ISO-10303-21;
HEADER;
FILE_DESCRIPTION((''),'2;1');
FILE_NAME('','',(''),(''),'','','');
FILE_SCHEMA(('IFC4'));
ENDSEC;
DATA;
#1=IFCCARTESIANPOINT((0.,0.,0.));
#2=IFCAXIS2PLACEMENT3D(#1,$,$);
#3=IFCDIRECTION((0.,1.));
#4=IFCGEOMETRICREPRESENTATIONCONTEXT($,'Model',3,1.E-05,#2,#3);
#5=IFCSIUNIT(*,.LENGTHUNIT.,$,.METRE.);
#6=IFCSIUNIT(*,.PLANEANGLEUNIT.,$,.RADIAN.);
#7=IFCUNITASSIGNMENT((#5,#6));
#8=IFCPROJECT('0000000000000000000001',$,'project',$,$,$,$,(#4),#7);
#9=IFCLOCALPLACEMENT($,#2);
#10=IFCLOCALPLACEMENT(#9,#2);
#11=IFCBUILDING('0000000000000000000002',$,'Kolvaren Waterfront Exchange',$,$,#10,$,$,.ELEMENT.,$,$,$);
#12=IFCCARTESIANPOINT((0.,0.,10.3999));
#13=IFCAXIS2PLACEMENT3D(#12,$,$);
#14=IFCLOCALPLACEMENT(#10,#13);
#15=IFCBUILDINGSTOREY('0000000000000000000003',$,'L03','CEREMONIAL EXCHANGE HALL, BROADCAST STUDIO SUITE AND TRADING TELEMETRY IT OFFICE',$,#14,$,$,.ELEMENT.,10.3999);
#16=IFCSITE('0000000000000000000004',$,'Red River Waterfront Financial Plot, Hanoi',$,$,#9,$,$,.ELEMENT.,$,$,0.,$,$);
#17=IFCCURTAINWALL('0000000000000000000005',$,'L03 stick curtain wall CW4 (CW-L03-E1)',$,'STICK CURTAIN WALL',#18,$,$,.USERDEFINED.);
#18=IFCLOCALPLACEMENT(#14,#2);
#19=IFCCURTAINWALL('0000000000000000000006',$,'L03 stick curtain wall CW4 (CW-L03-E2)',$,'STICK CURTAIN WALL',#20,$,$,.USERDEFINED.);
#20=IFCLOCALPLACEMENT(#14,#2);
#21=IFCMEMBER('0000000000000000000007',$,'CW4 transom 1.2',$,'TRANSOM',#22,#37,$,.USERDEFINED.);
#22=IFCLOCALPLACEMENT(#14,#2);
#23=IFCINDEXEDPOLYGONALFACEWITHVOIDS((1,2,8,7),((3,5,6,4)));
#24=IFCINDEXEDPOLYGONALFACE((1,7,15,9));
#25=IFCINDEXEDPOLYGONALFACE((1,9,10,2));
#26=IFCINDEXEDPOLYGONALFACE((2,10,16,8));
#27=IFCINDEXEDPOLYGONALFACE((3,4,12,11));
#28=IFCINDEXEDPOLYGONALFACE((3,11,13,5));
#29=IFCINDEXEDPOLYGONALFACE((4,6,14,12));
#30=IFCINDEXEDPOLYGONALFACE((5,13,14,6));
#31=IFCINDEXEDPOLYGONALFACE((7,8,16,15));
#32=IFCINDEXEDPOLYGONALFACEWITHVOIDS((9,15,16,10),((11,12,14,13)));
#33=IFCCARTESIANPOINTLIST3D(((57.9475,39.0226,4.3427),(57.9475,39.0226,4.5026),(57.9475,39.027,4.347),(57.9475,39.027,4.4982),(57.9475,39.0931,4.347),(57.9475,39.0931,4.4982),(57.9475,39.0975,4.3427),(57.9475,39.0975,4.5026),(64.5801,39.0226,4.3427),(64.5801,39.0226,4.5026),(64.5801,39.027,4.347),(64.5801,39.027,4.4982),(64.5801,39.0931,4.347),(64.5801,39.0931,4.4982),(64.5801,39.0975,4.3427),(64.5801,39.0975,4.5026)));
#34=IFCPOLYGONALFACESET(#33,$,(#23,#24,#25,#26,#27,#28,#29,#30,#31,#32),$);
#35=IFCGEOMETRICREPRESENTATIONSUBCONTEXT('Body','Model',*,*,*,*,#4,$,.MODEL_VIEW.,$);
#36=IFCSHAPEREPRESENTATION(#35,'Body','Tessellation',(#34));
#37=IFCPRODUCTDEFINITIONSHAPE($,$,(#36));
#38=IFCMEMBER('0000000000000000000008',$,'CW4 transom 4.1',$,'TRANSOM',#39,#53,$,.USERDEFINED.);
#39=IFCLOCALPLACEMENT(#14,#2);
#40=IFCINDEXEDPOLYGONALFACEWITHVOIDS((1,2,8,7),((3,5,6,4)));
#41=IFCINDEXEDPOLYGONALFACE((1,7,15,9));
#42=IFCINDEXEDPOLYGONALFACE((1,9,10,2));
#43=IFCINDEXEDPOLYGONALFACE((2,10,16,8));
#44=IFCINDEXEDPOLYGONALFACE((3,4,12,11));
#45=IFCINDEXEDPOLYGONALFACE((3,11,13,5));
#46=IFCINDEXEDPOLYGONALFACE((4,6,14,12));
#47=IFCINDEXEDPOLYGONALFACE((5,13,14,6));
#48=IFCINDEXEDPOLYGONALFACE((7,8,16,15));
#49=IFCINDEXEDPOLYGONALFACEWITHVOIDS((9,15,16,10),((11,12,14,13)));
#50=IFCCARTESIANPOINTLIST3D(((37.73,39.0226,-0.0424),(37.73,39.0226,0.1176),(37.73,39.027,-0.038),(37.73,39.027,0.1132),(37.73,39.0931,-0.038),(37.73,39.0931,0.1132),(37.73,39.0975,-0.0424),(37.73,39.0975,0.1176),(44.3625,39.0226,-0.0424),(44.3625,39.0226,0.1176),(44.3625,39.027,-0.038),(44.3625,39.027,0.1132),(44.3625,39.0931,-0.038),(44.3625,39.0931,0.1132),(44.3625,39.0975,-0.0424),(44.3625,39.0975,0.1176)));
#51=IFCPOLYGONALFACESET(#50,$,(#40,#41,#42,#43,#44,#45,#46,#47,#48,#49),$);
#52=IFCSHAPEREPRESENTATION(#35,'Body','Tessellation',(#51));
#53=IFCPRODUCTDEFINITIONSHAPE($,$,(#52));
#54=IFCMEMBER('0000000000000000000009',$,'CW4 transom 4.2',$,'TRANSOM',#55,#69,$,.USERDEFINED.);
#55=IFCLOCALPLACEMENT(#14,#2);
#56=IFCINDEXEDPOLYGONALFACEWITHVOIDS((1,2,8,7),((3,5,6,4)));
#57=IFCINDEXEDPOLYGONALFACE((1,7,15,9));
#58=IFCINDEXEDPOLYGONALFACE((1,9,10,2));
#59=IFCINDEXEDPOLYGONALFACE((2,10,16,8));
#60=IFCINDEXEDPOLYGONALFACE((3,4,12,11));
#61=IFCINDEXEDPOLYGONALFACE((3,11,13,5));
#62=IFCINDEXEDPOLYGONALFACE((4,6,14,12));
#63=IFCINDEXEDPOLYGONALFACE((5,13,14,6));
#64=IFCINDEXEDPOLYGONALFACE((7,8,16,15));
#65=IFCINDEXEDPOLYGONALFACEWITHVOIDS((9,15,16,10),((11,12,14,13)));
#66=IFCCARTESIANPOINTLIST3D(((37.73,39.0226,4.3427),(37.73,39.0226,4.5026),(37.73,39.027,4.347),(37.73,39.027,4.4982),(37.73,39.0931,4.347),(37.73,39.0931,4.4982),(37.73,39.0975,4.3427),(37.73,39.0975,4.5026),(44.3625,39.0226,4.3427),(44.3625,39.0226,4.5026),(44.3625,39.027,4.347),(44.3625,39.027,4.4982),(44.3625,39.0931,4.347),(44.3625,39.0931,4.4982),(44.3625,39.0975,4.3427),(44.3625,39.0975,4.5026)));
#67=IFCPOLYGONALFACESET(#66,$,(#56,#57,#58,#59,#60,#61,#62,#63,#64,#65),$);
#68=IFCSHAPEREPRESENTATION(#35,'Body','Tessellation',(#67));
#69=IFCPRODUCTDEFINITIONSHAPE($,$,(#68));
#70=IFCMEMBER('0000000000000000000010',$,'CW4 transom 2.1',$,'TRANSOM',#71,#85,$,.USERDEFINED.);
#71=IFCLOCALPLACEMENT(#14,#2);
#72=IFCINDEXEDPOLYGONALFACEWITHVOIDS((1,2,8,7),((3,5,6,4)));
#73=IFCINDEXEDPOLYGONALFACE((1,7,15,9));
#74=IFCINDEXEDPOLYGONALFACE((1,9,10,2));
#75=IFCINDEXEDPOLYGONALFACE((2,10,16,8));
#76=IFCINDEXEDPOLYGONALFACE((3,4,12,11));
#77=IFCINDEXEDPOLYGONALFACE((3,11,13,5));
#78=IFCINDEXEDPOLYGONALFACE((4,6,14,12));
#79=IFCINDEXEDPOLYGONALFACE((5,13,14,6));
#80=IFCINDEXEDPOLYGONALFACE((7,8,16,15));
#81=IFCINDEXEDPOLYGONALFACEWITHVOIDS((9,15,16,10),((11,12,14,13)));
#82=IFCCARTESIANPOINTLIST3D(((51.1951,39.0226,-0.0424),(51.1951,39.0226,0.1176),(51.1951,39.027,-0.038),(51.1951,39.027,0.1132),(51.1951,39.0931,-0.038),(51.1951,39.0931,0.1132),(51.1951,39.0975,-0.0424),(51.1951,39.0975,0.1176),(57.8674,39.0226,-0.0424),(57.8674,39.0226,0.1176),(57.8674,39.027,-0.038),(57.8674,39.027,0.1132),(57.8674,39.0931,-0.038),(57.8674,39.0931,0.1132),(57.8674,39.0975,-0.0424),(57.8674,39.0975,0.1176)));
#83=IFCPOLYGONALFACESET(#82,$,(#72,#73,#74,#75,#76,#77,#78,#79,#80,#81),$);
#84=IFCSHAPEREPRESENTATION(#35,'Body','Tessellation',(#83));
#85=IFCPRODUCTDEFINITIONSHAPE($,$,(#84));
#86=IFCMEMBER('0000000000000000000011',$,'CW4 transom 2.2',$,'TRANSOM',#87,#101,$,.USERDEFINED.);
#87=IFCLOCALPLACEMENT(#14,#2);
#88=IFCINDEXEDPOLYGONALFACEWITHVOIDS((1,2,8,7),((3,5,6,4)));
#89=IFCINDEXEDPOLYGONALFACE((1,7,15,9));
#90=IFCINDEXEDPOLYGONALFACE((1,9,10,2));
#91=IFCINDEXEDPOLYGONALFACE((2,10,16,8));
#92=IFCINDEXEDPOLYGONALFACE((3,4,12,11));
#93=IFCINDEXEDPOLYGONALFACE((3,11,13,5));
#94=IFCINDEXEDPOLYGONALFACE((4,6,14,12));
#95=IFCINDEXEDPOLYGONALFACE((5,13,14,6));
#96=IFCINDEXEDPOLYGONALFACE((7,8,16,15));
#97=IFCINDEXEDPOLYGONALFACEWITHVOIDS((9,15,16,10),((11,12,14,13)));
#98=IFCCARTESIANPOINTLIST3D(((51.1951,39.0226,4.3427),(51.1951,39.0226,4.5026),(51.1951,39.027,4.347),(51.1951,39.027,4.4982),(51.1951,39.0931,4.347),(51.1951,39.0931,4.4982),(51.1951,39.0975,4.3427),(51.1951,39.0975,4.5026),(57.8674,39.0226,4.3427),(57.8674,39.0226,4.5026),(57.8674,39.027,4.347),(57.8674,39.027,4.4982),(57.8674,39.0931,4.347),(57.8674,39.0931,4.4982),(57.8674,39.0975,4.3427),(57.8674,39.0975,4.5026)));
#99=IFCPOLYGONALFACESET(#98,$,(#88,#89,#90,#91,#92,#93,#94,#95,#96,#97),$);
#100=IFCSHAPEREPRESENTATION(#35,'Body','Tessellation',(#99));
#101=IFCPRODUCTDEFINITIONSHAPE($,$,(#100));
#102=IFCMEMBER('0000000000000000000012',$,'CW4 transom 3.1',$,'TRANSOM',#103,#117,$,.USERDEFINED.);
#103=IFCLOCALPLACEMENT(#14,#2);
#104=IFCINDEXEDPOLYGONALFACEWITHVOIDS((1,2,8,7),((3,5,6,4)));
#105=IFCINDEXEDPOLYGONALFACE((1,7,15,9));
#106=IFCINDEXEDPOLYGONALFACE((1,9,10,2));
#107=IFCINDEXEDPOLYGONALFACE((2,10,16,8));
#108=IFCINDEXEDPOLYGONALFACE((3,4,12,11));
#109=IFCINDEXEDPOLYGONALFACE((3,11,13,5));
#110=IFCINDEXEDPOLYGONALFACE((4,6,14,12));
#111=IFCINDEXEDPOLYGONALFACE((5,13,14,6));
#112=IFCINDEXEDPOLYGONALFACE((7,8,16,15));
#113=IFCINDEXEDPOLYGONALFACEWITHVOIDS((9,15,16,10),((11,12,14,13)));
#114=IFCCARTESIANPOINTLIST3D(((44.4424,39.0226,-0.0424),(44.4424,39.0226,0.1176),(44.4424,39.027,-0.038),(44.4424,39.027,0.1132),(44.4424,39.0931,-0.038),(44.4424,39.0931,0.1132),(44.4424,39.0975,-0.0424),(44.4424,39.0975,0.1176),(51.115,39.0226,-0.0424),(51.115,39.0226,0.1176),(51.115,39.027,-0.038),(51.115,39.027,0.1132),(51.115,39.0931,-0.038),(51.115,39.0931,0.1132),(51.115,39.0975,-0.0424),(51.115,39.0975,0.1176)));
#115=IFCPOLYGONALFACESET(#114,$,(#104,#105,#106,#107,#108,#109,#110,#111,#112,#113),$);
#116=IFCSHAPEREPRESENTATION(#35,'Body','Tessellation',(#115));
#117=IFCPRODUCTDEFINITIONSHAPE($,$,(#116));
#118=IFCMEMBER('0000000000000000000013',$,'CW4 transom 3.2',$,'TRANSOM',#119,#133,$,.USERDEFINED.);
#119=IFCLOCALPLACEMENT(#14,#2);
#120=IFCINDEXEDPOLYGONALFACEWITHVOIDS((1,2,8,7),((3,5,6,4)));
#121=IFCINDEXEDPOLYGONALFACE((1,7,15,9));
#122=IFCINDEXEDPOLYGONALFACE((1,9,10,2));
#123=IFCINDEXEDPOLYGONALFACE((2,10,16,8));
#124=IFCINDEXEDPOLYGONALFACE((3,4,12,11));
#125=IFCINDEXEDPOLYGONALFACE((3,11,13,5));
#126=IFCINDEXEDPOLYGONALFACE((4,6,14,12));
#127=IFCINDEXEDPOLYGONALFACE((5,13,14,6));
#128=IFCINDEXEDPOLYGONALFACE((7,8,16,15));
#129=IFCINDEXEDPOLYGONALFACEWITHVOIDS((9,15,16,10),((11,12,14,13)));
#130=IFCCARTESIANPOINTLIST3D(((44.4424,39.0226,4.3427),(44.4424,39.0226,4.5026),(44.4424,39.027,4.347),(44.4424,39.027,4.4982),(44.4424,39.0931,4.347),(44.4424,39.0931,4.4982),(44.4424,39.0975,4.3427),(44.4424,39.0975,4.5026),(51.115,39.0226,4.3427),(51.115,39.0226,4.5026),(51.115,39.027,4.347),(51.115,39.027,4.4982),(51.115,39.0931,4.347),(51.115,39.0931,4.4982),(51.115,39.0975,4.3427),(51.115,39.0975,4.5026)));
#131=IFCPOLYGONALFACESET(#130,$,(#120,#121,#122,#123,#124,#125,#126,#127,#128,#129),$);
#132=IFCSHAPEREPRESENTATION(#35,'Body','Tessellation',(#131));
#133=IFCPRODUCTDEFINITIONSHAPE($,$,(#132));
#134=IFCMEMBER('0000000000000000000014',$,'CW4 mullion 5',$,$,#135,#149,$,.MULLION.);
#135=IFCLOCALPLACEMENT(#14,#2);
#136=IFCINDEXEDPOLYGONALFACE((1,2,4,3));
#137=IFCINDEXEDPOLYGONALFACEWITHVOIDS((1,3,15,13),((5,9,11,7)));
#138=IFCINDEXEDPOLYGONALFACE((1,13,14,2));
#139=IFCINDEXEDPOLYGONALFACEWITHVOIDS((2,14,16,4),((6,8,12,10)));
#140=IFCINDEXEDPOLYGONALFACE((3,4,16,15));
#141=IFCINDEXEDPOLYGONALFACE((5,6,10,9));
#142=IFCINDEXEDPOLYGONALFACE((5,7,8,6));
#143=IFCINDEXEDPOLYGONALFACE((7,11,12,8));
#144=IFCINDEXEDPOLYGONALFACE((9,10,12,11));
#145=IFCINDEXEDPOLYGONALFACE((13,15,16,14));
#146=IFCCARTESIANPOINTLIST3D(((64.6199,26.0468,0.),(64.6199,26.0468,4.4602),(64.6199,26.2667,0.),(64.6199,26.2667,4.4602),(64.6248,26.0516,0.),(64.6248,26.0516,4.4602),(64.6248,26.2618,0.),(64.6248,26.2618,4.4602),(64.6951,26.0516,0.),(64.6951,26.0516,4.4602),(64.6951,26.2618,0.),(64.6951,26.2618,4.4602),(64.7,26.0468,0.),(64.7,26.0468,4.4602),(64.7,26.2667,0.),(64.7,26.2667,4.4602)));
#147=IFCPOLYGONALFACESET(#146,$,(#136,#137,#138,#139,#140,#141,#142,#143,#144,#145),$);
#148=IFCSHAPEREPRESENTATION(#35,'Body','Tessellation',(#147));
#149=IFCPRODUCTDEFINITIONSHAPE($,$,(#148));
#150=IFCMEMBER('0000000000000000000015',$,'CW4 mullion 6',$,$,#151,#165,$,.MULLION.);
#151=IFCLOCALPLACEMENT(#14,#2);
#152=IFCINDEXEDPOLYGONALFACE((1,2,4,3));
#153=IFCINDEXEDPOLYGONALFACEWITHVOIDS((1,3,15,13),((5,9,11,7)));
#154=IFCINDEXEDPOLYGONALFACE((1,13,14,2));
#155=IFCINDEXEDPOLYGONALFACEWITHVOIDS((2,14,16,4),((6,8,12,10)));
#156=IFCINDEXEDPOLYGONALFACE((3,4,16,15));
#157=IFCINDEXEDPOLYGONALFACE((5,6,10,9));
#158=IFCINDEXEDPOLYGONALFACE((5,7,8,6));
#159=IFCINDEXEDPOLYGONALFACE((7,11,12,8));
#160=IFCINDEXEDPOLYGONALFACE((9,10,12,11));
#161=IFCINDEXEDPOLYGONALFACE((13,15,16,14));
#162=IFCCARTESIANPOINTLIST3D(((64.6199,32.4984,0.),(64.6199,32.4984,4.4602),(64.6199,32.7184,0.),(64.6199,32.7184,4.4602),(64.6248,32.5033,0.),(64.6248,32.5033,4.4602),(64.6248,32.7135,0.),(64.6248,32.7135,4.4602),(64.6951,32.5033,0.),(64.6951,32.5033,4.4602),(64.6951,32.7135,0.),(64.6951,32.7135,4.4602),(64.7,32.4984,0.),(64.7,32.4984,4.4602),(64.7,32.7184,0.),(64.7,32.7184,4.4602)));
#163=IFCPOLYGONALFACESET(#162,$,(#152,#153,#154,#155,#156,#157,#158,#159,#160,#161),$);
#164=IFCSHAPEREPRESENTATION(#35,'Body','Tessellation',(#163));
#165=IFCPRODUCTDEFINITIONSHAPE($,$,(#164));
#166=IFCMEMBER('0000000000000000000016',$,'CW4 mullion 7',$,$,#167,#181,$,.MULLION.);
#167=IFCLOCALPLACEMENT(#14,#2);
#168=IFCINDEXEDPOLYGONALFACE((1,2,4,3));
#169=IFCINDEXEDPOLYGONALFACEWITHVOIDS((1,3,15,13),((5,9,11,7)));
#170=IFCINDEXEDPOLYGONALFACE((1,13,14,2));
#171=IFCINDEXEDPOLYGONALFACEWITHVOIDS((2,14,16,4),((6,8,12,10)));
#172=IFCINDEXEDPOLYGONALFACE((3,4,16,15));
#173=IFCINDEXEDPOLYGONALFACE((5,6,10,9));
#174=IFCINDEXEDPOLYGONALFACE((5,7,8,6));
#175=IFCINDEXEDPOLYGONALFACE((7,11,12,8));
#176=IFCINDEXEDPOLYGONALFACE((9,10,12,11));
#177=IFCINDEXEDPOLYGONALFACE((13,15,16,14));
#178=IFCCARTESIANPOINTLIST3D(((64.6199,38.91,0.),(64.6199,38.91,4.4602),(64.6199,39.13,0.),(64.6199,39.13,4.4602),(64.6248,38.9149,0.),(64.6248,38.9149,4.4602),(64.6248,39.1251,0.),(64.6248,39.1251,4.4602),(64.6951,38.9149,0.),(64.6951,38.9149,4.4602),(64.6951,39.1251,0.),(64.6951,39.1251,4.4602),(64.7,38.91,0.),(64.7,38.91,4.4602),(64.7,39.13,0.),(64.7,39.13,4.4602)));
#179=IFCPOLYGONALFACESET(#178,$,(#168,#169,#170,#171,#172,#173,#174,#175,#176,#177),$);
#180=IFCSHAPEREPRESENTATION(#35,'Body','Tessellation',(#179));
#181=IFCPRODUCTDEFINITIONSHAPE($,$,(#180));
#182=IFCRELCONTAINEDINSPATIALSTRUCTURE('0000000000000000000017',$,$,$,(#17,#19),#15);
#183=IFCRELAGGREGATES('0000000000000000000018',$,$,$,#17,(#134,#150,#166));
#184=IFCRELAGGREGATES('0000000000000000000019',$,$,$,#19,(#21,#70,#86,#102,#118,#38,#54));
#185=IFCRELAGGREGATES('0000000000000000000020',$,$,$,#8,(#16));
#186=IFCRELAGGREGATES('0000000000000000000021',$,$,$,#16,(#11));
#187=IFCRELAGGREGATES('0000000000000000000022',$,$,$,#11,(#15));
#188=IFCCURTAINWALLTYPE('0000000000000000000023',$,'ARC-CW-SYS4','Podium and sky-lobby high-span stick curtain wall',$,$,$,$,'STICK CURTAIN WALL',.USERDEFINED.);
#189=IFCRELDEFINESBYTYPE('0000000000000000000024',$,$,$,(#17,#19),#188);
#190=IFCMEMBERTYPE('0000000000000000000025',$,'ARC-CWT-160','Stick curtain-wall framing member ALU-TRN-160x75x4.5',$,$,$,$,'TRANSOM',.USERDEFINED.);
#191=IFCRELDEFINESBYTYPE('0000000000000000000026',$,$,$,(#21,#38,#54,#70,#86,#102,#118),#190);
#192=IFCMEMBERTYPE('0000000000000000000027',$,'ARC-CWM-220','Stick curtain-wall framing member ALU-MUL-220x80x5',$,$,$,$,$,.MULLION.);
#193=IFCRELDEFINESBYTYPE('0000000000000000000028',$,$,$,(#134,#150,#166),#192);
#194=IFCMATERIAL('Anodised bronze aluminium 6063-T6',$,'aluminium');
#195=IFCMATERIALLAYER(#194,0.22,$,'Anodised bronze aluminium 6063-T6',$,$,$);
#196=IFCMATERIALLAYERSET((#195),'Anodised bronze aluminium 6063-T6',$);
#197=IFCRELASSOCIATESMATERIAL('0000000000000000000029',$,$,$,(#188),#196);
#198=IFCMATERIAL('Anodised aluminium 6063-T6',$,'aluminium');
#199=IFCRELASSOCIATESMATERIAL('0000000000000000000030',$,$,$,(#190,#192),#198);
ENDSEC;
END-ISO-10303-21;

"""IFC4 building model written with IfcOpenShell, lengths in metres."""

from ifc_helpers import new_model, si_unit, direction, frame, origin, origin_with_axes, origin_2d, place, context, subcontext, project, spatial, hollow_rectangle, extrude, source, transform, mapped, material, layer, layer_set, material_profile, profile_set, type_object, element, aggregate, save


model = new_model("IFC4")

# Units and contexts
model_context = context("Model", 3, precision=1e-05, world=origin(), true_north=direction((0.0, 1.0)))
body_context = subcontext(model_context, "Body", "Model", "MODEL_VIEW")
ifc_project = project(units=[si_unit("LENGTHUNIT", "METRE"), si_unit("PLANEANGLEUNIT", "RADIAN")], contexts=[model_context])

# Site, building, storey
site_placement = place(None, origin())
site = spatial("IfcSite", under=ifc_project, at=site_placement, Name="Red River Waterfront Financial Plot, Hanoi", CompositionType="ELEMENT", RefElevation=0.0)
building_placement = place(site_placement, origin())
building = spatial("IfcBuilding", under=site, at=building_placement, Name="Kolvaren Waterfront Exchange", CompositionType="ELEMENT")
storey_placement = place(building_placement, frame((0.0, 0.0, 10.3999)))
storey = spatial("IfcBuildingStorey", under=building, at=storey_placement, Name="L03", Description="CEREMONIAL EXCHANGE HALL, BROADCAST STUDIO SUITE AND TRADING TELEMETRY IT OFFICE", CompositionType="ELEMENT", Elevation=10.3999)

# Curtain walls, members
ifc_material_1 = material(Name="Anodised bronze aluminium 6063-T6", Category="aluminium")
ifc_layer_1 = layer(ifc_material_1, 0.22, Name="Anodised bronze aluminium 6063-T6")
ifc_layer_set_1 = layer_set([ifc_layer_1], Name="Anodised bronze aluminium 6063-T6")
curtain_wall_type = type_object("IfcCurtainWallType", Name="ARC-CW-SYS4", Description="Podium and sky-lobby high-span stick curtain wall", ElementType="STICK CURTAIN WALL", PredefinedType="USERDEFINED", material=ifc_layer_set_1)
curtain_wall_1_placement = place(storey_placement, origin())
curtain_wall_1 = element("IfcCurtainWall", 1, at=curtain_wall_1_placement, inside=storey, type_object=curtain_wall_type, Name="L03 stick curtain wall CW4 (CW-L03-E1)", ObjectType="STICK CURTAIN WALL", PredefinedType="USERDEFINED")
ifc_material_2 = material(Name="Anodised aluminium 6063-T6", Category="aluminium")
ifc_material_profile_1 = material_profile(ifc_material_2, hollow_rectangle(XDim=0.075, YDim=0.1599, WallThickness=0.0044, at=origin_2d()), Name="ALU-TRN-160x75x4.5")
ifc_profile_set_1 = profile_set([ifc_material_profile_1], Name="Anodised aluminium 6063-T6")
member_type_1 = type_object("IfcMemberType", Name="ARC-CWT-160", Description="Stick curtain-wall framing member ALU-TRN-160x75x4.5", ElementType="TRANSOM", PredefinedType="USERDEFINED", material=ifc_profile_set_1)
curtain_wall_2_placement = place(storey_placement, origin())
curtain_wall_2 = element("IfcCurtainWall", 2, at=curtain_wall_2_placement, inside=storey, type_object=curtain_wall_type, Name="L03 stick curtain wall CW4 (CW-L03-E2)", ObjectType="STICK CURTAIN WALL", PredefinedType="USERDEFINED")
shared_shape_1 = source(origin_with_axes(), body_context, "Body", "SweptSolid", [
    extrude(hollow_rectangle(XDim=0.075, YDim=0.1599, WallThickness=0.0044, at=origin_2d()), origin(), (0.0, 0.0, 1.0), 6.6326),
])
member_1_placement = place(storey_placement, frame((64.5801, 39.0601, 4.4226), z_axis=(-1.0, 0.0, 0.0), x_axis=(0.0, -1.0, 0.0)))
member_1 = element("IfcMember", 3, at=member_1_placement, type_object=member_type_1, Name="CW4 transom 1.2", ObjectType="TRANSOM", PredefinedType="USERDEFINED", context=body_context, shape_type="MappedRepresentation", body=[
    mapped(shared_shape_1, transform((0.0, 0.0, 0.0), x_axis=(1.0, 0.0, 0.0), y_axis=(0.0, 1.0, 0.0), z_axis=(0.0, 0.0, 1.0), scale=1.0)),
])
member_2_placement = place(storey_placement, frame((44.3625, 39.0601, 0.0376), z_axis=(-1.0, 0.0, 0.0), x_axis=(0.0, -1.0, 0.0)))
member_2 = element("IfcMember", 4, at=member_2_placement, type_object=member_type_1, Name="CW4 transom 4.1", ObjectType="TRANSOM", PredefinedType="USERDEFINED", context=body_context, shape_type="MappedRepresentation", body=[
    mapped(shared_shape_1, transform((0.0, 0.0, 0.0), x_axis=(1.0, 0.0, 0.0), y_axis=(0.0, 1.0, 0.0), z_axis=(0.0, 0.0, 1.0), scale=1.0)),
])
member_3_placement = place(storey_placement, frame((44.3625, 39.0601, 4.4226), z_axis=(-1.0, 0.0, 0.0), x_axis=(0.0, -1.0, 0.0)))
member_3 = element("IfcMember", 5, at=member_3_placement, type_object=member_type_1, Name="CW4 transom 4.2", ObjectType="TRANSOM", PredefinedType="USERDEFINED", context=body_context, shape_type="MappedRepresentation", body=[
    mapped(shared_shape_1, transform((0.0, 0.0, 0.0), x_axis=(1.0, 0.0, 0.0), y_axis=(0.0, 1.0, 0.0), z_axis=(0.0, 0.0, 1.0), scale=1.0)),
])
shared_shape_2 = source(origin_with_axes(), body_context, "Body", "SweptSolid", [
    extrude(hollow_rectangle(XDim=0.075, YDim=0.1599, WallThickness=0.0044, at=origin_2d()), origin(), (0.0, 0.0, 1.0), 6.6724),
])
member_4_placement = place(storey_placement, frame((57.8674, 39.0601, 0.0376), z_axis=(-1.0, 0.0, 0.0), x_axis=(0.0, -1.0, 0.0)))
member_4 = element("IfcMember", 6, at=member_4_placement, type_object=member_type_1, Name="CW4 transom 2.1", ObjectType="TRANSOM", PredefinedType="USERDEFINED", context=body_context, shape_type="MappedRepresentation", body=[
    mapped(shared_shape_2, transform((0.0, 0.0, 0.0), x_axis=(1.0, 0.0, 0.0), y_axis=(0.0, 1.0, 0.0), z_axis=(0.0, 0.0, 1.0), scale=1.0)),
])
member_5_placement = place(storey_placement, frame((57.8674, 39.0601, 4.4226), z_axis=(-1.0, 0.0, 0.0), x_axis=(0.0, -1.0, 0.0)))
member_5 = element("IfcMember", 7, at=member_5_placement, type_object=member_type_1, Name="CW4 transom 2.2", ObjectType="TRANSOM", PredefinedType="USERDEFINED", context=body_context, shape_type="MappedRepresentation", body=[
    mapped(shared_shape_2, transform((0.0, 0.0, 0.0), x_axis=(1.0, 0.0, 0.0), y_axis=(0.0, 1.0, 0.0), z_axis=(0.0, 0.0, 1.0), scale=1.0)),
])
shared_shape_3 = source(origin_with_axes(), body_context, "Body", "SweptSolid", [
    extrude(hollow_rectangle(XDim=0.075, YDim=0.1599, WallThickness=0.0044, at=origin_2d()), origin(), (0.0, 0.0, 1.0), 6.6726),
])
member_6_placement = place(storey_placement, frame((51.115, 39.0601, 0.0376), z_axis=(-1.0, 0.0, 0.0), x_axis=(0.0, -1.0, 0.0)))
member_6 = element("IfcMember", 8, at=member_6_placement, type_object=member_type_1, Name="CW4 transom 3.1", ObjectType="TRANSOM", PredefinedType="USERDEFINED", context=body_context, shape_type="MappedRepresentation", body=[
    mapped(shared_shape_3, transform((0.0, 0.0, 0.0), x_axis=(1.0, 0.0, 0.0), y_axis=(0.0, 1.0, 0.0), z_axis=(0.0, 0.0, 1.0), scale=1.0)),
])
member_7_placement = place(storey_placement, frame((51.115, 39.0601, 4.4226), z_axis=(-1.0, 0.0, 0.0), x_axis=(0.0, -1.0, 0.0)))
member_7 = element("IfcMember", 9, at=member_7_placement, type_object=member_type_1, Name="CW4 transom 3.2", ObjectType="TRANSOM", PredefinedType="USERDEFINED", context=body_context, shape_type="MappedRepresentation", body=[
    mapped(shared_shape_3, transform((0.0, 0.0, 0.0), x_axis=(1.0, 0.0, 0.0), y_axis=(0.0, 1.0, 0.0), z_axis=(0.0, 0.0, 1.0), scale=1.0)),
])

# Members
ifc_material_profile_2 = material_profile(ifc_material_2, hollow_rectangle(XDim=0.0801, YDim=0.22, WallThickness=0.0049, at=origin_2d()), Name="ALU-MUL-220x80x5")
ifc_profile_set_2 = profile_set([ifc_material_profile_2], Name="Anodised aluminium 6063-T6")
member_type_2 = type_object("IfcMemberType", Name="ARC-CWM-220", Description="Stick curtain-wall framing member ALU-MUL-220x80x5", PredefinedType="MULLION", material=ifc_profile_set_2)
shared_shape_4 = source(origin_with_axes(), body_context, "Body", "SweptSolid", [
    extrude(hollow_rectangle(XDim=0.0801, YDim=0.22, WallThickness=0.0049, at=origin_2d()), origin(), (0.0, 0.0, 1.0), 4.4602),
])
member_8_placement = place(storey_placement, frame((64.6599, 26.1567, 0.0), z_axis=(0.0, 0.0, 1.0), x_axis=(-1.0, 0.0, 0.0)))
member_8 = element("IfcMember", 10, at=member_8_placement, type_object=member_type_2, Name="CW4 mullion 5", PredefinedType="MULLION", context=body_context, shape_type="MappedRepresentation", body=[
    mapped(shared_shape_4, transform((0.0, 0.0, 0.0), x_axis=(1.0, 0.0, 0.0), y_axis=(0.0, 1.0, 0.0), z_axis=(0.0, 0.0, 1.0), scale=1.0)),
])
member_9_placement = place(storey_placement, frame((64.6599, 32.6084, 0.0), z_axis=(0.0, 0.0, 1.0), x_axis=(-1.0, 0.0, 0.0)))
member_9 = element("IfcMember", 11, at=member_9_placement, type_object=member_type_2, Name="CW4 mullion 6", PredefinedType="MULLION", context=body_context, shape_type="MappedRepresentation", body=[
    mapped(shared_shape_4, transform((0.0, 0.0, 0.0), x_axis=(1.0, 0.0, 0.0), y_axis=(0.0, 1.0, 0.0), z_axis=(0.0, 0.0, 1.0), scale=1.0)),
])
member_10_placement = place(storey_placement, frame((64.6599, 39.02, 0.0), z_axis=(0.0, 0.0, 1.0), x_axis=(-1.0, 0.0, 0.0)))
member_10 = element("IfcMember", 12, at=member_10_placement, type_object=member_type_2, Name="CW4 mullion 7", PredefinedType="MULLION", context=body_context, shape_type="MappedRepresentation", body=[
    mapped(shared_shape_4, transform((0.0, 0.0, 0.0), x_axis=(1.0, 0.0, 0.0), y_axis=(0.0, 1.0, 0.0), z_axis=(0.0, 0.0, 1.0), scale=1.0)),
])

aggregate(curtain_wall_1, [member_8, member_9, member_10])
aggregate(curtain_wall_2, [member_1, member_4, member_5, member_6, member_7, member_2, member_3])

save(model, "model.ifc")
